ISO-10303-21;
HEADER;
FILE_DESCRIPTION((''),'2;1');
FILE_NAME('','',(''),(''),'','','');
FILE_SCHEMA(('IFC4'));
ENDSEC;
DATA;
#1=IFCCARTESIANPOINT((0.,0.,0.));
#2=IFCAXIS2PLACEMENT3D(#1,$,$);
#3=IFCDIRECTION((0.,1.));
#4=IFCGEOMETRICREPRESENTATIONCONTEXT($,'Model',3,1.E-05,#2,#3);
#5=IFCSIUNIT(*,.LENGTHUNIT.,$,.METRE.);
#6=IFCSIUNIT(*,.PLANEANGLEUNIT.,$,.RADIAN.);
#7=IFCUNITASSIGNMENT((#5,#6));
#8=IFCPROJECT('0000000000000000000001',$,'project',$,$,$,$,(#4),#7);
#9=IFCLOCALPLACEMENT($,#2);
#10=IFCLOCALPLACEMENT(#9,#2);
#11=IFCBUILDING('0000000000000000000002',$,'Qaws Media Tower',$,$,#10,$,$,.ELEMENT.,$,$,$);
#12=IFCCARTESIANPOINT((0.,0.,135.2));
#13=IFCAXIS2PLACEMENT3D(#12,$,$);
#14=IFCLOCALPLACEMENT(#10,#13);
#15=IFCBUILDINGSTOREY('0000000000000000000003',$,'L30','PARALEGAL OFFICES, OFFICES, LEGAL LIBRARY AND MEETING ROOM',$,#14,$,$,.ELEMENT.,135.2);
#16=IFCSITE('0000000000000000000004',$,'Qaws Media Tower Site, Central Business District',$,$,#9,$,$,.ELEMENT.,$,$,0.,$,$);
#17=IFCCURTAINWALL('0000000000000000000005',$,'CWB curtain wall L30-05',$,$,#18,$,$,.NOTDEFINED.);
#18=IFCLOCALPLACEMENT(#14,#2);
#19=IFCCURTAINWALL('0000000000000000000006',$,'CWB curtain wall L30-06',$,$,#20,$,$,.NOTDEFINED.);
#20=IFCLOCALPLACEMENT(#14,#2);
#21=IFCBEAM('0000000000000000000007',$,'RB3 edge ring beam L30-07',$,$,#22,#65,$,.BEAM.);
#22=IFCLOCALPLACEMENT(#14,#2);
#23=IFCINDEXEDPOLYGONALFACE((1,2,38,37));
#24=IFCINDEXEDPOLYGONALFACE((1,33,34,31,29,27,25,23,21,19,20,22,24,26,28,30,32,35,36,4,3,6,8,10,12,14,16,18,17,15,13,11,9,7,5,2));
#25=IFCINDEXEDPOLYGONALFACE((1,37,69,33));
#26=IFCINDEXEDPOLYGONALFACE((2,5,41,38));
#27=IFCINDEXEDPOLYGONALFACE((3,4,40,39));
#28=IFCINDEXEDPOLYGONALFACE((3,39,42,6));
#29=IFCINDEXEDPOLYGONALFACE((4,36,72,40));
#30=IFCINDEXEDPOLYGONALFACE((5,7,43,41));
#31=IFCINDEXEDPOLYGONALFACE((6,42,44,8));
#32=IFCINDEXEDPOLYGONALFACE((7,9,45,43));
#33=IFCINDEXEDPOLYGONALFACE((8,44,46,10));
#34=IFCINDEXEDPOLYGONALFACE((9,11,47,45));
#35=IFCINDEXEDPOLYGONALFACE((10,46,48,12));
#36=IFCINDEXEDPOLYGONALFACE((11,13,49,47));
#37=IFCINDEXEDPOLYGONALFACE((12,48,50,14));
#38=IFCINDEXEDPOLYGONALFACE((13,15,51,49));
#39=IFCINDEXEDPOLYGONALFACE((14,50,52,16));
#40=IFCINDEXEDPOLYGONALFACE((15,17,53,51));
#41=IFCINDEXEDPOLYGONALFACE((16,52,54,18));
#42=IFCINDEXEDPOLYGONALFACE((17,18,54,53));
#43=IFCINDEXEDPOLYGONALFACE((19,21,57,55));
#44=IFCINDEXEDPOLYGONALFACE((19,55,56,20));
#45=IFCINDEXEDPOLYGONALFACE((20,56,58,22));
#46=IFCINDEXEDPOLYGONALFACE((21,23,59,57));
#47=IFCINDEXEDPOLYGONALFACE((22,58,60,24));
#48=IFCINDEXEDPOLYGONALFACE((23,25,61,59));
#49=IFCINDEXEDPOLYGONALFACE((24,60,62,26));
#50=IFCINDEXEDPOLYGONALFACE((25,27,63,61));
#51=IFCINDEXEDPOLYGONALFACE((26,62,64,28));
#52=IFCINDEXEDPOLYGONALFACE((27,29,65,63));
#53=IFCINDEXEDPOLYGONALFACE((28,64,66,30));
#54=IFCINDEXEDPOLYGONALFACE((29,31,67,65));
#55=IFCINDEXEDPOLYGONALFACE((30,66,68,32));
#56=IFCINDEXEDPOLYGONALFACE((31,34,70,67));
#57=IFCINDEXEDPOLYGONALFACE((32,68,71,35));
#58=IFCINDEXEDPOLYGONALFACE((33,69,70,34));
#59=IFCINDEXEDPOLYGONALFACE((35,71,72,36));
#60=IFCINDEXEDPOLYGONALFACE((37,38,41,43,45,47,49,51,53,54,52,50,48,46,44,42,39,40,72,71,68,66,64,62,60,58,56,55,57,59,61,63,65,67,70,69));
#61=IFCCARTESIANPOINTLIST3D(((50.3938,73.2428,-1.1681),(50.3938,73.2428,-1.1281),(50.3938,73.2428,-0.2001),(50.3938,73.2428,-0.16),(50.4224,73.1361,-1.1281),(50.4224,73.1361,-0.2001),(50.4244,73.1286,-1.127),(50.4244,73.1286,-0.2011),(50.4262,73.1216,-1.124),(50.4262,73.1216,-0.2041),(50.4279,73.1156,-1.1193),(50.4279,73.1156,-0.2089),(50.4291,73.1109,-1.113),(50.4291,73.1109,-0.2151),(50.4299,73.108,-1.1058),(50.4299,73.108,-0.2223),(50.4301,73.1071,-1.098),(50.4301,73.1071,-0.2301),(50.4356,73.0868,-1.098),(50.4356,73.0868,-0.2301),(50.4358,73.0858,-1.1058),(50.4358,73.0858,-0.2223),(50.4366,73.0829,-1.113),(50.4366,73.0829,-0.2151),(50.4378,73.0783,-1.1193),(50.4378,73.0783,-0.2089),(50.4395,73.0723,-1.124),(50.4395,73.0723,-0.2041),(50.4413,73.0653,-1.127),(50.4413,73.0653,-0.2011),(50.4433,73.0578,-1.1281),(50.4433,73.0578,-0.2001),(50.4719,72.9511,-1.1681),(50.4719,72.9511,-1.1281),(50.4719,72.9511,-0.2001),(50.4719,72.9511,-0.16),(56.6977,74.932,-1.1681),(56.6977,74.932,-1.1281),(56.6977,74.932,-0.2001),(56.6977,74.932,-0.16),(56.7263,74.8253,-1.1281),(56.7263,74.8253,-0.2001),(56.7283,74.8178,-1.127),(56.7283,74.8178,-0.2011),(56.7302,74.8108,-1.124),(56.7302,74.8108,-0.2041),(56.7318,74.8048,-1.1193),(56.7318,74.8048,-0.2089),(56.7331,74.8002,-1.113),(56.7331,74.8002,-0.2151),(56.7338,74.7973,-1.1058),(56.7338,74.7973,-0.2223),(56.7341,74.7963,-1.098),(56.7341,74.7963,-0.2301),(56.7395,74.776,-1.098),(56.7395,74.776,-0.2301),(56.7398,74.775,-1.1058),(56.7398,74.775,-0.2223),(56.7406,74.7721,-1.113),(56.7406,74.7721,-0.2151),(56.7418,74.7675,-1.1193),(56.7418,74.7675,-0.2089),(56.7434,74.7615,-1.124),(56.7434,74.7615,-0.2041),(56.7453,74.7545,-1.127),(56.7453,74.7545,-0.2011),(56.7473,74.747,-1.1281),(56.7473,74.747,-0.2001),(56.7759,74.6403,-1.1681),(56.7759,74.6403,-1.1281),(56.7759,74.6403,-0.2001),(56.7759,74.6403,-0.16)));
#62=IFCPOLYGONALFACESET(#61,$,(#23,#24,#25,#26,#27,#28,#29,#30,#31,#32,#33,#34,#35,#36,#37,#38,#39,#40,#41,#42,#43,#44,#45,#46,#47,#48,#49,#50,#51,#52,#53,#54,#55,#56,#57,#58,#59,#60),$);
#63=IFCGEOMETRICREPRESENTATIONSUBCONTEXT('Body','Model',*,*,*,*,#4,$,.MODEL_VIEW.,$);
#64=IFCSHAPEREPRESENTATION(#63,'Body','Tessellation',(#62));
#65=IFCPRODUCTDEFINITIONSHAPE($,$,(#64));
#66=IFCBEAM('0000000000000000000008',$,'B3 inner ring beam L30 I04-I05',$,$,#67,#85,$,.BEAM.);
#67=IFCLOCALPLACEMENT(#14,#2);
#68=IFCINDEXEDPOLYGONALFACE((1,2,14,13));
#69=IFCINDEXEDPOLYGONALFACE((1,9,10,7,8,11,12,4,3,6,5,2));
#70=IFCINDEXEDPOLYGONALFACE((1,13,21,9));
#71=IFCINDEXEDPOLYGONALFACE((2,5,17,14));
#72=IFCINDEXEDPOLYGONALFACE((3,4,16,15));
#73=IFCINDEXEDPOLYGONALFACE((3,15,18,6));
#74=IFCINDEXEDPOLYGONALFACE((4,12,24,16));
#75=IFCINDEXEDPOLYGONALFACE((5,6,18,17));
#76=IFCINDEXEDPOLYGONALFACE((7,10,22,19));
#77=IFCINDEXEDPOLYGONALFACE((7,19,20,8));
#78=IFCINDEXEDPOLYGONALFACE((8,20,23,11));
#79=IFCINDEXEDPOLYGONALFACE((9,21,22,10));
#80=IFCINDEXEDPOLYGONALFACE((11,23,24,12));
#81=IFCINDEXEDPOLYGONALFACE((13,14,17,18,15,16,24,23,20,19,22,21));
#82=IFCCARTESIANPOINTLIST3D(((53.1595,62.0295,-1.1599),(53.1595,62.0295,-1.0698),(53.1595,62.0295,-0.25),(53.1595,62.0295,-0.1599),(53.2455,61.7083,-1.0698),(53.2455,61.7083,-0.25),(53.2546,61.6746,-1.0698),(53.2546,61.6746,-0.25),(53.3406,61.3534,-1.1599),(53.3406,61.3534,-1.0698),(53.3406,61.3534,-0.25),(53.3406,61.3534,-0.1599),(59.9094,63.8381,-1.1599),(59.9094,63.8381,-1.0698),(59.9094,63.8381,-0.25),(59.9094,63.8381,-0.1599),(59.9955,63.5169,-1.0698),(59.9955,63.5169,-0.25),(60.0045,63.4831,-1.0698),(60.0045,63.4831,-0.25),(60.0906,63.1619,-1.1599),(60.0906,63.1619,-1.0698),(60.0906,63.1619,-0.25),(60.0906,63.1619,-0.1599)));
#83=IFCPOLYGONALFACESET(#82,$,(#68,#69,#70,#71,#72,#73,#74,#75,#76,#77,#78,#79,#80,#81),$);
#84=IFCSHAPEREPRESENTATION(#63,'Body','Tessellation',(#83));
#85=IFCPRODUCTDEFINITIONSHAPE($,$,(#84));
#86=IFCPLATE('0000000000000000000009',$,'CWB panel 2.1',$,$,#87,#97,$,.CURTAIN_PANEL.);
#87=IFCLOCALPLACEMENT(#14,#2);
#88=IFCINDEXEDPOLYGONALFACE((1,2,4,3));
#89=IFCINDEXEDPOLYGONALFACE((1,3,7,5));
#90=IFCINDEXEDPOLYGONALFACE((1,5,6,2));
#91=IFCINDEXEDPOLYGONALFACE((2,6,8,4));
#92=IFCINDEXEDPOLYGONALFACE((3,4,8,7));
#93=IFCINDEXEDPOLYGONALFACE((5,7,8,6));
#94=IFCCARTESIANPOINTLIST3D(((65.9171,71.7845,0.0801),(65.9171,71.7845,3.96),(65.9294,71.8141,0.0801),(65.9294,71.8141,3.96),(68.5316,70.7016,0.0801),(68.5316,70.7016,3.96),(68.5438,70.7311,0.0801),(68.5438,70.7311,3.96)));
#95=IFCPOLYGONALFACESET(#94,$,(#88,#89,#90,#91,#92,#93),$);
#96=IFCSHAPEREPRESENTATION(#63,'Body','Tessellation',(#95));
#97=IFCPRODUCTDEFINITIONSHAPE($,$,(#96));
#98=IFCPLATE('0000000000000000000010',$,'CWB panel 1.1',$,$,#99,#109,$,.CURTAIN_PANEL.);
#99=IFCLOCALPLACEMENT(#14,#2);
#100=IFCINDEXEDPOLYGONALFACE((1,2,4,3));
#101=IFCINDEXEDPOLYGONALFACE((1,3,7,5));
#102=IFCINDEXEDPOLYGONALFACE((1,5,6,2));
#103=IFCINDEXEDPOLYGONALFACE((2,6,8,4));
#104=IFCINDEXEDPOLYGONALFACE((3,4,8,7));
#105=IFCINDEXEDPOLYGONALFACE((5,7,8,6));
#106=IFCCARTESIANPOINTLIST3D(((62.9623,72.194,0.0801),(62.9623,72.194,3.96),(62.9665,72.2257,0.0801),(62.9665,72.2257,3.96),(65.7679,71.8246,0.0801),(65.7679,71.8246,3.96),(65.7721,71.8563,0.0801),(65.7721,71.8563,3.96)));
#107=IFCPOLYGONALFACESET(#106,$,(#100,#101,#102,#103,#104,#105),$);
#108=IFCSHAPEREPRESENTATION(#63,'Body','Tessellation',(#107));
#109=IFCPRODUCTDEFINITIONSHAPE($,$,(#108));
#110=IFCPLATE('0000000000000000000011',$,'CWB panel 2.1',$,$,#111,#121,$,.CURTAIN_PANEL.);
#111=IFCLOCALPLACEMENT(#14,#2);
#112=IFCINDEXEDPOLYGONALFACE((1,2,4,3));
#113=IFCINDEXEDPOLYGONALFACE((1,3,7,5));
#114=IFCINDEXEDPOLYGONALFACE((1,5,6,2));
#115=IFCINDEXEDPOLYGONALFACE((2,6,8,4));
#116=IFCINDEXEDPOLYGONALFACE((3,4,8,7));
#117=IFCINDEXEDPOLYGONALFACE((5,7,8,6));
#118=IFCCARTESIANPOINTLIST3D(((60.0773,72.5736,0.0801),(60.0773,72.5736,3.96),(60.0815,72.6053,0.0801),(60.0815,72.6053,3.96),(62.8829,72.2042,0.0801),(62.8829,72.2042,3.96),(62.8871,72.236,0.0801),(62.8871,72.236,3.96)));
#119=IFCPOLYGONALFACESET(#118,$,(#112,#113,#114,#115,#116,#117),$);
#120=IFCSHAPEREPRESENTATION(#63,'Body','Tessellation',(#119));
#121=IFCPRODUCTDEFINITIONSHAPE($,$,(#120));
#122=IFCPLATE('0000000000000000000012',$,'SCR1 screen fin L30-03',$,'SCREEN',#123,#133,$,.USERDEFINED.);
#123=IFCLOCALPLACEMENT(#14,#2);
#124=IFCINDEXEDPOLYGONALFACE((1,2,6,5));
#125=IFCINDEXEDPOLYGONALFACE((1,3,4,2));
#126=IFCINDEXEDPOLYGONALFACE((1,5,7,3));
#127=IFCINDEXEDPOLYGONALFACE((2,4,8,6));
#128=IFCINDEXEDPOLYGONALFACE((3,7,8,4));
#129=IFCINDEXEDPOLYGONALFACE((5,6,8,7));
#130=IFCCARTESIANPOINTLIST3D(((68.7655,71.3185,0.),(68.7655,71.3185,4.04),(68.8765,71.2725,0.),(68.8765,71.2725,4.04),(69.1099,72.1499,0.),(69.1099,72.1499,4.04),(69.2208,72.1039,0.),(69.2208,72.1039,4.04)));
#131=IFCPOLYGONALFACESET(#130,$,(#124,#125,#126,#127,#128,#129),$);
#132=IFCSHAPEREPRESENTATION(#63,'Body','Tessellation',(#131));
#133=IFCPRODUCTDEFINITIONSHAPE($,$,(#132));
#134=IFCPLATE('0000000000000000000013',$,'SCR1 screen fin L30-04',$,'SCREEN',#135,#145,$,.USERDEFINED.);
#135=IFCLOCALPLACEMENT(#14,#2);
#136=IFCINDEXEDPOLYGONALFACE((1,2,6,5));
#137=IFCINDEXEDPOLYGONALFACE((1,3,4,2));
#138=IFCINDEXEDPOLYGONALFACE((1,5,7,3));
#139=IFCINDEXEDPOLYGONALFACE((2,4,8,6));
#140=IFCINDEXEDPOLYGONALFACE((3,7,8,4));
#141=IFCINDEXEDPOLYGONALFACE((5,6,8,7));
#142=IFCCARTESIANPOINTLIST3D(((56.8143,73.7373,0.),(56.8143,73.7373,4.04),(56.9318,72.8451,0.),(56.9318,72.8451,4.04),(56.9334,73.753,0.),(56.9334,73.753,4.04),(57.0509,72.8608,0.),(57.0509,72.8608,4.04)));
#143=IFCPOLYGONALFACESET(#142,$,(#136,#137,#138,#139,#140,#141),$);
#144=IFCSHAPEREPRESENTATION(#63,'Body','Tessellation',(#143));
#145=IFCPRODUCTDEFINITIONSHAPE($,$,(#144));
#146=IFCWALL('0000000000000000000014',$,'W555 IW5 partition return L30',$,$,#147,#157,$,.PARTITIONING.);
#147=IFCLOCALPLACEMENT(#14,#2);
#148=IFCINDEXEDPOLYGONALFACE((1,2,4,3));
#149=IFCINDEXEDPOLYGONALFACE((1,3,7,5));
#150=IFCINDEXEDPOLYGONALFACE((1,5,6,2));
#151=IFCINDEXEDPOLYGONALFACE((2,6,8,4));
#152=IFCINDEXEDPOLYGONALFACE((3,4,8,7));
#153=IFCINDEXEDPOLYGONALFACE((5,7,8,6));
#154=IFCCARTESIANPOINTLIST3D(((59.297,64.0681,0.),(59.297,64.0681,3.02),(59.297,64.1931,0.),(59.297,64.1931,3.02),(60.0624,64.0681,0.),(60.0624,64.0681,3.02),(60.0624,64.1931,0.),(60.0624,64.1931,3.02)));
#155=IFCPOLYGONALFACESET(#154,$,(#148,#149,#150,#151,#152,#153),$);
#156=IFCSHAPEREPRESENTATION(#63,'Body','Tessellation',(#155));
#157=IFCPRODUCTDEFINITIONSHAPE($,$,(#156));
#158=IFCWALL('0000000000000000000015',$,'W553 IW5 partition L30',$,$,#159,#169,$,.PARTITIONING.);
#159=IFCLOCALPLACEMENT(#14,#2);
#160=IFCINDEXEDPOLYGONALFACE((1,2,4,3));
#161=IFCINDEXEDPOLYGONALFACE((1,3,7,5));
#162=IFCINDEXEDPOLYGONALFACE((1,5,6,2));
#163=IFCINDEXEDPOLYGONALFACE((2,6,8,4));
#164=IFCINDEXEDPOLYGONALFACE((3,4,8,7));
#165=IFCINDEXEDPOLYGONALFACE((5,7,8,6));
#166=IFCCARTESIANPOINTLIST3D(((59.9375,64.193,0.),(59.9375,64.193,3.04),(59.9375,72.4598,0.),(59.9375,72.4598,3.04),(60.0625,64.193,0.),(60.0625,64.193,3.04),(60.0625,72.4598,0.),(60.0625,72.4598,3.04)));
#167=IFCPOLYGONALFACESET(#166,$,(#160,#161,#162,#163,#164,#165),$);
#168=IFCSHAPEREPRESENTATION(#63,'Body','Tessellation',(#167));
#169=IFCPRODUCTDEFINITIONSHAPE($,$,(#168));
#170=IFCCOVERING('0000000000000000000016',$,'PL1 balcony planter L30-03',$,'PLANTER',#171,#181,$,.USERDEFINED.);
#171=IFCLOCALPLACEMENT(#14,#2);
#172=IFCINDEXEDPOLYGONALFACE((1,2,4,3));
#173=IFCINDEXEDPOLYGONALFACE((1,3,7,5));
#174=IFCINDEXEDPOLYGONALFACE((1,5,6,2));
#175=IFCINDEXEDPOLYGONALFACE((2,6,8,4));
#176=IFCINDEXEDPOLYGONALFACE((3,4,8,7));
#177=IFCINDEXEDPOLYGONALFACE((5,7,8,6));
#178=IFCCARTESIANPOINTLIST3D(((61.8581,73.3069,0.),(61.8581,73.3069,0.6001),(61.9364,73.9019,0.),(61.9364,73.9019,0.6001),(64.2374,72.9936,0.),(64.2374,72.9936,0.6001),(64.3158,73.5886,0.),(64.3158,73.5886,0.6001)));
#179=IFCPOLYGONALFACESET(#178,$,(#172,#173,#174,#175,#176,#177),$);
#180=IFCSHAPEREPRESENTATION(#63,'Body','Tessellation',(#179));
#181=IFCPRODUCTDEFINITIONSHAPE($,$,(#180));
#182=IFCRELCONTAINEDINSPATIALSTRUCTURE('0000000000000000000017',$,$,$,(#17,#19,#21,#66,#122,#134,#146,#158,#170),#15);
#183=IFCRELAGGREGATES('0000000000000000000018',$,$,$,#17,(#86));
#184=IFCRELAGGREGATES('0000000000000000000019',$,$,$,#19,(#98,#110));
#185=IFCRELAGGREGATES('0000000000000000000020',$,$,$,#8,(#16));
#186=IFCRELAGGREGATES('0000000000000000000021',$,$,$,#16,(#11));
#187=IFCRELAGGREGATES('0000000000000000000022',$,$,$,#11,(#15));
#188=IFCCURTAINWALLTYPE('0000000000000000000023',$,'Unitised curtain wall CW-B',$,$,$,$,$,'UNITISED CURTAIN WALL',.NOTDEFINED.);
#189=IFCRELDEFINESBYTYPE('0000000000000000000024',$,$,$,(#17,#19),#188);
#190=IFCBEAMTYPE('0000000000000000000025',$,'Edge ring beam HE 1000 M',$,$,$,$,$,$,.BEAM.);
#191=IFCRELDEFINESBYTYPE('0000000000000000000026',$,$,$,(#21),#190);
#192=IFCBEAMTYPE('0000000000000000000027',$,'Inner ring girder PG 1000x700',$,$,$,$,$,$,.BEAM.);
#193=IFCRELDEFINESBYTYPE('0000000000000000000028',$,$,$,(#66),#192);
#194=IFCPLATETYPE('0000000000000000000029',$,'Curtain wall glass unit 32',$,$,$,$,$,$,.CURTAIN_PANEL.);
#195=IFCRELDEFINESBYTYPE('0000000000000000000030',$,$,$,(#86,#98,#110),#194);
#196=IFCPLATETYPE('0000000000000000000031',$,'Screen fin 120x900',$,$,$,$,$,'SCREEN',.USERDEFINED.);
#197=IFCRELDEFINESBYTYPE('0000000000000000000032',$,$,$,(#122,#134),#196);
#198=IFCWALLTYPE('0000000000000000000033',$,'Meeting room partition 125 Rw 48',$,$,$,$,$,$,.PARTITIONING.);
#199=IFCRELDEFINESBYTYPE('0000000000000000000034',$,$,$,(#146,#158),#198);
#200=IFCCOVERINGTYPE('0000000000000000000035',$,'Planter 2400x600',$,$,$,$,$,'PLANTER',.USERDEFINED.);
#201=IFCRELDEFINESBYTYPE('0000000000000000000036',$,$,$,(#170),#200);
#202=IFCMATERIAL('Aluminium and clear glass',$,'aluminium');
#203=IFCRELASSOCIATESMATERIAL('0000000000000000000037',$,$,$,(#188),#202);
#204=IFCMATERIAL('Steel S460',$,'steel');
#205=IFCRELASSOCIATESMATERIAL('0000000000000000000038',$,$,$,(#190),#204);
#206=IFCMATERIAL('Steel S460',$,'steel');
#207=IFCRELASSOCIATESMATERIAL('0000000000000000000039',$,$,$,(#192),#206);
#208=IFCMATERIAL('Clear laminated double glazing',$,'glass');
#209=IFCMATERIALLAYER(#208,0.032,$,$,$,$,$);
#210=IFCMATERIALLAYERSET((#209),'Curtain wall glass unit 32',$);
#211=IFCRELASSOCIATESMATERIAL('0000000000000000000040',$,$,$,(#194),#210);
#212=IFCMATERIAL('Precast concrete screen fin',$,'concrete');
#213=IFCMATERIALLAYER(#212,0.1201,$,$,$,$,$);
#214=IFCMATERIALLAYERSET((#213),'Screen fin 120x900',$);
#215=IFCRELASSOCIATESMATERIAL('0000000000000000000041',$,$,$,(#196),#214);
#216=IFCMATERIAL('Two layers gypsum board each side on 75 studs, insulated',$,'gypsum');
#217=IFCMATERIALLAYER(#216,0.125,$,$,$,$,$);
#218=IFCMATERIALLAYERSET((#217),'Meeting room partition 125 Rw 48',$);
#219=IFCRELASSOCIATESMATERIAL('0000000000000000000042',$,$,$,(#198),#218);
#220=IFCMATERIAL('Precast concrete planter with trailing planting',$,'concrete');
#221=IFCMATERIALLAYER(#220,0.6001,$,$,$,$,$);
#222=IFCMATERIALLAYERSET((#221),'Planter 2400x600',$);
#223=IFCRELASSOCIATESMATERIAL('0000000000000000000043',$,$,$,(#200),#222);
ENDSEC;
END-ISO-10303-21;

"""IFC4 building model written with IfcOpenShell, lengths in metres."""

from ifc_helpers import new_model, si_unit, direction, frame, frame_2d, origin, origin_2d, place, context, subcontext, project, spatial, rectangle, i_section, extrude, material, layer, layer_set, material_profile, profile_set, type_object, element, aggregate, save


model = new_model("IFC4")

# Units and contexts
model_context = context("Model", 3, precision=1e-05, world=origin(), true_north=direction((0.0, 1.0)))
body_context = subcontext(model_context, "Body", "Model", "MODEL_VIEW")
ifc_project = project(units=[si_unit("LENGTHUNIT", "METRE"), si_unit("PLANEANGLEUNIT", "RADIAN")], contexts=[model_context])

# Site, building, storey
site_placement = place(None, origin())
site = spatial("IfcSite", under=ifc_project, at=site_placement, Name="Qaws Media Tower Site, Central Business District", CompositionType="ELEMENT", RefElevation=0.0)
building_placement = place(site_placement, origin())
building = spatial("IfcBuilding", under=site, at=building_placement, Name="Qaws Media Tower", CompositionType="ELEMENT")
storey_placement = place(building_placement, frame((0.0, 0.0, 135.2)))
storey = spatial("IfcBuildingStorey", under=building, at=storey_placement, Name="L30", Description="PARALEGAL OFFICES, OFFICES, LEGAL LIBRARY AND MEETING ROOM", CompositionType="ELEMENT", Elevation=135.2)

# Curtain walls
ifc_material_1 = material(Name="Aluminium and clear glass", Category="aluminium")
curtain_wall_type = type_object("IfcCurtainWallType", Name="Unitised curtain wall CW-B", ElementType="UNITISED CURTAIN WALL", PredefinedType="NOTDEFINED", material=ifc_material_1)
curtain_wall_1_placement = place(storey_placement, origin())
curtain_wall_1 = element("IfcCurtainWall", 1, at=curtain_wall_1_placement, inside=storey, type_object=curtain_wall_type, Name="CWB curtain wall L30-05", PredefinedType="NOTDEFINED")
curtain_wall_2_placement = place(storey_placement, origin())
curtain_wall_2 = element("IfcCurtainWall", 2, at=curtain_wall_2_placement, inside=storey, type_object=curtain_wall_type, Name="CWB curtain wall L30-06", PredefinedType="NOTDEFINED")

# Beams
ifc_material_2 = material(Name="Steel S460", Category="steel")
ifc_material_profile_1 = material_profile(ifc_material_2, i_section(OverallWidth=0.302, OverallDepth=1.0081, WebThickness=0.021, FlangeThickness=0.04, FilletRadius=0.03, at=origin_2d()), Name="HE 1000 M")
ifc_profile_set_1 = profile_set([ifc_material_profile_1], Name="Steel S460")
beam_type_1 = type_object("IfcBeamType", Name="Edge ring beam HE 1000 M", PredefinedType="BEAM", material=ifc_profile_set_1)
for number, where, z_axis, x_axis, name in (
    (3, (56.7368, 74.7861, -0.6641), (-0.965923, -0.258829, 0.0), (0.258829, -0.965923, 0.0), "RB3 edge ring beam L30-07"),
):
    element("IfcBeam", number, at=place(storey_placement, frame(where, z_axis=z_axis, x_axis=x_axis)), inside=storey, type_object=beam_type_1, Name=name, PredefinedType="BEAM", context=body_context, shape_type="SweptSolid", body=[
        extrude(i_section(OverallWidth=0.302, OverallDepth=1.0081, WebThickness=0.021, FlangeThickness=0.04, FilletRadius=0.03, at=origin_2d()), origin(), (0.0, 0.0, 1.0), 6.5264),
    ])
ifc_material_3 = material(Name="Steel S460", Category="steel")
ifc_material_profile_2 = material_profile(ifc_material_3, i_section(OverallWidth=0.7, OverallDepth=1.0, WebThickness=0.0349, FlangeThickness=0.0901, at=origin_2d()), Name="PG 1000x700")
ifc_profile_set_2 = profile_set([ifc_material_profile_2], Name="Steel S460")
beam_type_2 = type_object("IfcBeamType", Name="Inner ring girder PG 1000x700", PredefinedType="BEAM", material=ifc_profile_set_2)
beam_placement = place(storey_placement, frame((60.0, 63.5, -0.6599), z_axis=(-0.965928, -0.258811, 0.0), x_axis=(0.258811, -0.965928, 0.0)))
element("IfcBeam", 4, at=beam_placement, inside=storey, type_object=beam_type_2, Name="B3 inner ring beam L30 I04-I05", PredefinedType="BEAM", context=body_context, shape_type="SweptSolid", body=[
    extrude(i_section(OverallWidth=0.7, OverallDepth=1.0, WebThickness=0.0349, FlangeThickness=0.0901, at=origin_2d()), origin(), (0.0, 0.0, 1.0), 6.988),
])

# Plates
ifc_material_4 = material(Name="Clear laminated double glazing", Category="glass")
ifc_layer_1 = layer(ifc_material_4, 0.032)
ifc_layer_set_1 = layer_set([ifc_layer_1], Name="Curtain wall glass unit 32")
plate_type_1 = type_object("IfcPlateType", Name="Curtain wall glass unit 32", PredefinedType="CURTAIN_PANEL", material=ifc_layer_set_1)
plate_1_placement = place(storey_placement, frame((67.2305, 71.2578, 0.0801), z_axis=(0.0, 0.0, 1.0), x_axis=(-0.92388, 0.382683, 0.0)))
plate_1 = element("IfcPlate", 5, at=plate_1_placement, type_object=plate_type_1, Name="CWB panel 2.1", PredefinedType="CURTAIN_PANEL", context=body_context, shape_type="SweptSolid", body=[
    extrude(rectangle(XDim=2.8298, YDim=0.032, at=origin_2d()), origin(), (0.0, 0.0, 1.0), 3.8799),
])
aggregate(curtain_wall_1, [plate_1])
plate_2_placement = place(storey_placement, frame((64.3672, 72.0251, 0.0801), z_axis=(0.0, 0.0, 1.0), x_axis=(-0.991445, 0.130526, 0.0)))
plate_2 = element("IfcPlate", 6, at=plate_2_placement, type_object=plate_type_1, Name="CWB panel 1.1", PredefinedType="CURTAIN_PANEL", context=body_context, shape_type="SweptSolid", body=[
    extrude(rectangle(XDim=2.8298, YDim=0.032, at=origin_2d()), origin(), (0.0, 0.0, 1.0), 3.8799),
])
plate_3_placement = place(storey_placement, frame((61.4822, 72.4048, 0.0801), z_axis=(0.0, 0.0, 1.0), x_axis=(-0.991445, 0.130526, 0.0)))
plate_3 = element("IfcPlate", 7, at=plate_3_placement, type_object=plate_type_1, Name="CWB panel 2.1", PredefinedType="CURTAIN_PANEL", context=body_context, shape_type="SweptSolid", body=[
    extrude(rectangle(XDim=2.8298, YDim=0.032, at=origin_2d()), origin(), (0.0, 0.0, 1.0), 3.8799),
])
aggregate(curtain_wall_2, [plate_2, plate_3])

# Plates
ifc_material_5 = material(Name="Precast concrete screen fin", Category="concrete")
ifc_layer_2 = layer(ifc_material_5, 0.1201)
ifc_layer_set_2 = layer_set([ifc_layer_2], Name="Screen fin 120x900")
plate_type_2 = type_object("IfcPlateType", Name="Screen fin 120x900", ElementType="SCREEN", PredefinedType="USERDEFINED", material=ifc_layer_set_2)
for number, where, z_axis, x_axis, name in (
    (8, (68.9932, 71.7112, 0.0), (0.0, 0.0, 1.0), (0.382683, 0.92388, 0.0), "SCR1 screen fin L30-03"),
    (9, (56.9326, 73.2991, 0.0), (0.0, 0.0, 1.0), (-0.130526, 0.991445, 0.0), "SCR1 screen fin L30-04"),
):
    element("IfcPlate", number, at=place(storey_placement, frame(where, z_axis=z_axis, x_axis=x_axis)), inside=storey, type_object=plate_type_2, Name=name, ObjectType="SCREEN", PredefinedType="USERDEFINED", context=body_context, shape_type="SweptSolid", body=[
        extrude(rectangle(XDim=0.8999, YDim=0.1201, at=origin_2d()), origin(), (0.0, 0.0, 1.0), 4.04),
    ])

# Walls
ifc_material_6 = material(Name="Two layers gypsum board each side on 75 studs, insulated", Category="gypsum")
ifc_layer_3 = layer(ifc_material_6, 0.125)
ifc_layer_set_3 = layer_set([ifc_layer_3], Name="Meeting room partition 125 Rw 48")
wall_type_1 = type_object("IfcWallType", Name="Meeting room partition 125 Rw 48", PredefinedType="PARTITIONING", material=ifc_layer_set_3)
wall_1_placement = place(storey_placement, frame((60.0625, 64.1306, 0.0), z_axis=(0.0, 0.0, 1.0), x_axis=(-1.0, 0.0, 0.0)))
element("IfcWall", 10, at=wall_1_placement, inside=storey, type_object=wall_type_1, Name="W555 IW5 partition return L30", PredefinedType="PARTITIONING", context=body_context, shape_type="SweptSolid", body=[
    extrude(rectangle(XDim=0.7654, YDim=0.125, at=frame_2d((0.3828, 0.0))), origin(), (0.0, 0.0, 1.0), 3.02),
])
wall_2_placement = place(storey_placement, frame((60.0, 64.1931, 0.0), z_axis=(0.0, 0.0, 1.0), x_axis=(0.0, 1.0, 0.0)))
element("IfcWall", 11, at=wall_2_placement, inside=storey, type_object=wall_type_1, Name="W553 IW5 partition L30", PredefinedType="PARTITIONING", context=body_context, shape_type="SweptSolid", body=[
    extrude(rectangle(XDim=8.2668, YDim=0.125, at=frame_2d((4.1333, 0.0))), origin(), (0.0, 0.0, 1.0), 3.04),
])

# Covering
ifc_material_7 = material(Name="Precast concrete planter with trailing planting", Category="concrete")
ifc_layer_4 = layer(ifc_material_7, 0.6001)
ifc_layer_set_4 = layer_set([ifc_layer_4], Name="Planter 2400x600")
covering_type = type_object("IfcCoveringType", Name="Planter 2400x600", ElementType="PLANTER", PredefinedType="USERDEFINED", material=ifc_layer_set_4)
covering_placement = place(storey_placement, frame((63.0869, 73.4478, 0.0), z_axis=(0.0, 0.0, 1.0), x_axis=(-0.991445, 0.130526, 0.0)))
element("IfcCovering", 12, at=covering_placement, inside=storey, type_object=covering_type, Name="PL1 balcony planter L30-03", ObjectType="PLANTER", PredefinedType="USERDEFINED", context=body_context, shape_type="SweptSolid", body=[
    extrude(rectangle(XDim=2.3999, YDim=0.6001, at=origin_2d()), origin(), (0.0, 0.0, 1.0), 0.6001),
])

save(model, "model.ifc")
